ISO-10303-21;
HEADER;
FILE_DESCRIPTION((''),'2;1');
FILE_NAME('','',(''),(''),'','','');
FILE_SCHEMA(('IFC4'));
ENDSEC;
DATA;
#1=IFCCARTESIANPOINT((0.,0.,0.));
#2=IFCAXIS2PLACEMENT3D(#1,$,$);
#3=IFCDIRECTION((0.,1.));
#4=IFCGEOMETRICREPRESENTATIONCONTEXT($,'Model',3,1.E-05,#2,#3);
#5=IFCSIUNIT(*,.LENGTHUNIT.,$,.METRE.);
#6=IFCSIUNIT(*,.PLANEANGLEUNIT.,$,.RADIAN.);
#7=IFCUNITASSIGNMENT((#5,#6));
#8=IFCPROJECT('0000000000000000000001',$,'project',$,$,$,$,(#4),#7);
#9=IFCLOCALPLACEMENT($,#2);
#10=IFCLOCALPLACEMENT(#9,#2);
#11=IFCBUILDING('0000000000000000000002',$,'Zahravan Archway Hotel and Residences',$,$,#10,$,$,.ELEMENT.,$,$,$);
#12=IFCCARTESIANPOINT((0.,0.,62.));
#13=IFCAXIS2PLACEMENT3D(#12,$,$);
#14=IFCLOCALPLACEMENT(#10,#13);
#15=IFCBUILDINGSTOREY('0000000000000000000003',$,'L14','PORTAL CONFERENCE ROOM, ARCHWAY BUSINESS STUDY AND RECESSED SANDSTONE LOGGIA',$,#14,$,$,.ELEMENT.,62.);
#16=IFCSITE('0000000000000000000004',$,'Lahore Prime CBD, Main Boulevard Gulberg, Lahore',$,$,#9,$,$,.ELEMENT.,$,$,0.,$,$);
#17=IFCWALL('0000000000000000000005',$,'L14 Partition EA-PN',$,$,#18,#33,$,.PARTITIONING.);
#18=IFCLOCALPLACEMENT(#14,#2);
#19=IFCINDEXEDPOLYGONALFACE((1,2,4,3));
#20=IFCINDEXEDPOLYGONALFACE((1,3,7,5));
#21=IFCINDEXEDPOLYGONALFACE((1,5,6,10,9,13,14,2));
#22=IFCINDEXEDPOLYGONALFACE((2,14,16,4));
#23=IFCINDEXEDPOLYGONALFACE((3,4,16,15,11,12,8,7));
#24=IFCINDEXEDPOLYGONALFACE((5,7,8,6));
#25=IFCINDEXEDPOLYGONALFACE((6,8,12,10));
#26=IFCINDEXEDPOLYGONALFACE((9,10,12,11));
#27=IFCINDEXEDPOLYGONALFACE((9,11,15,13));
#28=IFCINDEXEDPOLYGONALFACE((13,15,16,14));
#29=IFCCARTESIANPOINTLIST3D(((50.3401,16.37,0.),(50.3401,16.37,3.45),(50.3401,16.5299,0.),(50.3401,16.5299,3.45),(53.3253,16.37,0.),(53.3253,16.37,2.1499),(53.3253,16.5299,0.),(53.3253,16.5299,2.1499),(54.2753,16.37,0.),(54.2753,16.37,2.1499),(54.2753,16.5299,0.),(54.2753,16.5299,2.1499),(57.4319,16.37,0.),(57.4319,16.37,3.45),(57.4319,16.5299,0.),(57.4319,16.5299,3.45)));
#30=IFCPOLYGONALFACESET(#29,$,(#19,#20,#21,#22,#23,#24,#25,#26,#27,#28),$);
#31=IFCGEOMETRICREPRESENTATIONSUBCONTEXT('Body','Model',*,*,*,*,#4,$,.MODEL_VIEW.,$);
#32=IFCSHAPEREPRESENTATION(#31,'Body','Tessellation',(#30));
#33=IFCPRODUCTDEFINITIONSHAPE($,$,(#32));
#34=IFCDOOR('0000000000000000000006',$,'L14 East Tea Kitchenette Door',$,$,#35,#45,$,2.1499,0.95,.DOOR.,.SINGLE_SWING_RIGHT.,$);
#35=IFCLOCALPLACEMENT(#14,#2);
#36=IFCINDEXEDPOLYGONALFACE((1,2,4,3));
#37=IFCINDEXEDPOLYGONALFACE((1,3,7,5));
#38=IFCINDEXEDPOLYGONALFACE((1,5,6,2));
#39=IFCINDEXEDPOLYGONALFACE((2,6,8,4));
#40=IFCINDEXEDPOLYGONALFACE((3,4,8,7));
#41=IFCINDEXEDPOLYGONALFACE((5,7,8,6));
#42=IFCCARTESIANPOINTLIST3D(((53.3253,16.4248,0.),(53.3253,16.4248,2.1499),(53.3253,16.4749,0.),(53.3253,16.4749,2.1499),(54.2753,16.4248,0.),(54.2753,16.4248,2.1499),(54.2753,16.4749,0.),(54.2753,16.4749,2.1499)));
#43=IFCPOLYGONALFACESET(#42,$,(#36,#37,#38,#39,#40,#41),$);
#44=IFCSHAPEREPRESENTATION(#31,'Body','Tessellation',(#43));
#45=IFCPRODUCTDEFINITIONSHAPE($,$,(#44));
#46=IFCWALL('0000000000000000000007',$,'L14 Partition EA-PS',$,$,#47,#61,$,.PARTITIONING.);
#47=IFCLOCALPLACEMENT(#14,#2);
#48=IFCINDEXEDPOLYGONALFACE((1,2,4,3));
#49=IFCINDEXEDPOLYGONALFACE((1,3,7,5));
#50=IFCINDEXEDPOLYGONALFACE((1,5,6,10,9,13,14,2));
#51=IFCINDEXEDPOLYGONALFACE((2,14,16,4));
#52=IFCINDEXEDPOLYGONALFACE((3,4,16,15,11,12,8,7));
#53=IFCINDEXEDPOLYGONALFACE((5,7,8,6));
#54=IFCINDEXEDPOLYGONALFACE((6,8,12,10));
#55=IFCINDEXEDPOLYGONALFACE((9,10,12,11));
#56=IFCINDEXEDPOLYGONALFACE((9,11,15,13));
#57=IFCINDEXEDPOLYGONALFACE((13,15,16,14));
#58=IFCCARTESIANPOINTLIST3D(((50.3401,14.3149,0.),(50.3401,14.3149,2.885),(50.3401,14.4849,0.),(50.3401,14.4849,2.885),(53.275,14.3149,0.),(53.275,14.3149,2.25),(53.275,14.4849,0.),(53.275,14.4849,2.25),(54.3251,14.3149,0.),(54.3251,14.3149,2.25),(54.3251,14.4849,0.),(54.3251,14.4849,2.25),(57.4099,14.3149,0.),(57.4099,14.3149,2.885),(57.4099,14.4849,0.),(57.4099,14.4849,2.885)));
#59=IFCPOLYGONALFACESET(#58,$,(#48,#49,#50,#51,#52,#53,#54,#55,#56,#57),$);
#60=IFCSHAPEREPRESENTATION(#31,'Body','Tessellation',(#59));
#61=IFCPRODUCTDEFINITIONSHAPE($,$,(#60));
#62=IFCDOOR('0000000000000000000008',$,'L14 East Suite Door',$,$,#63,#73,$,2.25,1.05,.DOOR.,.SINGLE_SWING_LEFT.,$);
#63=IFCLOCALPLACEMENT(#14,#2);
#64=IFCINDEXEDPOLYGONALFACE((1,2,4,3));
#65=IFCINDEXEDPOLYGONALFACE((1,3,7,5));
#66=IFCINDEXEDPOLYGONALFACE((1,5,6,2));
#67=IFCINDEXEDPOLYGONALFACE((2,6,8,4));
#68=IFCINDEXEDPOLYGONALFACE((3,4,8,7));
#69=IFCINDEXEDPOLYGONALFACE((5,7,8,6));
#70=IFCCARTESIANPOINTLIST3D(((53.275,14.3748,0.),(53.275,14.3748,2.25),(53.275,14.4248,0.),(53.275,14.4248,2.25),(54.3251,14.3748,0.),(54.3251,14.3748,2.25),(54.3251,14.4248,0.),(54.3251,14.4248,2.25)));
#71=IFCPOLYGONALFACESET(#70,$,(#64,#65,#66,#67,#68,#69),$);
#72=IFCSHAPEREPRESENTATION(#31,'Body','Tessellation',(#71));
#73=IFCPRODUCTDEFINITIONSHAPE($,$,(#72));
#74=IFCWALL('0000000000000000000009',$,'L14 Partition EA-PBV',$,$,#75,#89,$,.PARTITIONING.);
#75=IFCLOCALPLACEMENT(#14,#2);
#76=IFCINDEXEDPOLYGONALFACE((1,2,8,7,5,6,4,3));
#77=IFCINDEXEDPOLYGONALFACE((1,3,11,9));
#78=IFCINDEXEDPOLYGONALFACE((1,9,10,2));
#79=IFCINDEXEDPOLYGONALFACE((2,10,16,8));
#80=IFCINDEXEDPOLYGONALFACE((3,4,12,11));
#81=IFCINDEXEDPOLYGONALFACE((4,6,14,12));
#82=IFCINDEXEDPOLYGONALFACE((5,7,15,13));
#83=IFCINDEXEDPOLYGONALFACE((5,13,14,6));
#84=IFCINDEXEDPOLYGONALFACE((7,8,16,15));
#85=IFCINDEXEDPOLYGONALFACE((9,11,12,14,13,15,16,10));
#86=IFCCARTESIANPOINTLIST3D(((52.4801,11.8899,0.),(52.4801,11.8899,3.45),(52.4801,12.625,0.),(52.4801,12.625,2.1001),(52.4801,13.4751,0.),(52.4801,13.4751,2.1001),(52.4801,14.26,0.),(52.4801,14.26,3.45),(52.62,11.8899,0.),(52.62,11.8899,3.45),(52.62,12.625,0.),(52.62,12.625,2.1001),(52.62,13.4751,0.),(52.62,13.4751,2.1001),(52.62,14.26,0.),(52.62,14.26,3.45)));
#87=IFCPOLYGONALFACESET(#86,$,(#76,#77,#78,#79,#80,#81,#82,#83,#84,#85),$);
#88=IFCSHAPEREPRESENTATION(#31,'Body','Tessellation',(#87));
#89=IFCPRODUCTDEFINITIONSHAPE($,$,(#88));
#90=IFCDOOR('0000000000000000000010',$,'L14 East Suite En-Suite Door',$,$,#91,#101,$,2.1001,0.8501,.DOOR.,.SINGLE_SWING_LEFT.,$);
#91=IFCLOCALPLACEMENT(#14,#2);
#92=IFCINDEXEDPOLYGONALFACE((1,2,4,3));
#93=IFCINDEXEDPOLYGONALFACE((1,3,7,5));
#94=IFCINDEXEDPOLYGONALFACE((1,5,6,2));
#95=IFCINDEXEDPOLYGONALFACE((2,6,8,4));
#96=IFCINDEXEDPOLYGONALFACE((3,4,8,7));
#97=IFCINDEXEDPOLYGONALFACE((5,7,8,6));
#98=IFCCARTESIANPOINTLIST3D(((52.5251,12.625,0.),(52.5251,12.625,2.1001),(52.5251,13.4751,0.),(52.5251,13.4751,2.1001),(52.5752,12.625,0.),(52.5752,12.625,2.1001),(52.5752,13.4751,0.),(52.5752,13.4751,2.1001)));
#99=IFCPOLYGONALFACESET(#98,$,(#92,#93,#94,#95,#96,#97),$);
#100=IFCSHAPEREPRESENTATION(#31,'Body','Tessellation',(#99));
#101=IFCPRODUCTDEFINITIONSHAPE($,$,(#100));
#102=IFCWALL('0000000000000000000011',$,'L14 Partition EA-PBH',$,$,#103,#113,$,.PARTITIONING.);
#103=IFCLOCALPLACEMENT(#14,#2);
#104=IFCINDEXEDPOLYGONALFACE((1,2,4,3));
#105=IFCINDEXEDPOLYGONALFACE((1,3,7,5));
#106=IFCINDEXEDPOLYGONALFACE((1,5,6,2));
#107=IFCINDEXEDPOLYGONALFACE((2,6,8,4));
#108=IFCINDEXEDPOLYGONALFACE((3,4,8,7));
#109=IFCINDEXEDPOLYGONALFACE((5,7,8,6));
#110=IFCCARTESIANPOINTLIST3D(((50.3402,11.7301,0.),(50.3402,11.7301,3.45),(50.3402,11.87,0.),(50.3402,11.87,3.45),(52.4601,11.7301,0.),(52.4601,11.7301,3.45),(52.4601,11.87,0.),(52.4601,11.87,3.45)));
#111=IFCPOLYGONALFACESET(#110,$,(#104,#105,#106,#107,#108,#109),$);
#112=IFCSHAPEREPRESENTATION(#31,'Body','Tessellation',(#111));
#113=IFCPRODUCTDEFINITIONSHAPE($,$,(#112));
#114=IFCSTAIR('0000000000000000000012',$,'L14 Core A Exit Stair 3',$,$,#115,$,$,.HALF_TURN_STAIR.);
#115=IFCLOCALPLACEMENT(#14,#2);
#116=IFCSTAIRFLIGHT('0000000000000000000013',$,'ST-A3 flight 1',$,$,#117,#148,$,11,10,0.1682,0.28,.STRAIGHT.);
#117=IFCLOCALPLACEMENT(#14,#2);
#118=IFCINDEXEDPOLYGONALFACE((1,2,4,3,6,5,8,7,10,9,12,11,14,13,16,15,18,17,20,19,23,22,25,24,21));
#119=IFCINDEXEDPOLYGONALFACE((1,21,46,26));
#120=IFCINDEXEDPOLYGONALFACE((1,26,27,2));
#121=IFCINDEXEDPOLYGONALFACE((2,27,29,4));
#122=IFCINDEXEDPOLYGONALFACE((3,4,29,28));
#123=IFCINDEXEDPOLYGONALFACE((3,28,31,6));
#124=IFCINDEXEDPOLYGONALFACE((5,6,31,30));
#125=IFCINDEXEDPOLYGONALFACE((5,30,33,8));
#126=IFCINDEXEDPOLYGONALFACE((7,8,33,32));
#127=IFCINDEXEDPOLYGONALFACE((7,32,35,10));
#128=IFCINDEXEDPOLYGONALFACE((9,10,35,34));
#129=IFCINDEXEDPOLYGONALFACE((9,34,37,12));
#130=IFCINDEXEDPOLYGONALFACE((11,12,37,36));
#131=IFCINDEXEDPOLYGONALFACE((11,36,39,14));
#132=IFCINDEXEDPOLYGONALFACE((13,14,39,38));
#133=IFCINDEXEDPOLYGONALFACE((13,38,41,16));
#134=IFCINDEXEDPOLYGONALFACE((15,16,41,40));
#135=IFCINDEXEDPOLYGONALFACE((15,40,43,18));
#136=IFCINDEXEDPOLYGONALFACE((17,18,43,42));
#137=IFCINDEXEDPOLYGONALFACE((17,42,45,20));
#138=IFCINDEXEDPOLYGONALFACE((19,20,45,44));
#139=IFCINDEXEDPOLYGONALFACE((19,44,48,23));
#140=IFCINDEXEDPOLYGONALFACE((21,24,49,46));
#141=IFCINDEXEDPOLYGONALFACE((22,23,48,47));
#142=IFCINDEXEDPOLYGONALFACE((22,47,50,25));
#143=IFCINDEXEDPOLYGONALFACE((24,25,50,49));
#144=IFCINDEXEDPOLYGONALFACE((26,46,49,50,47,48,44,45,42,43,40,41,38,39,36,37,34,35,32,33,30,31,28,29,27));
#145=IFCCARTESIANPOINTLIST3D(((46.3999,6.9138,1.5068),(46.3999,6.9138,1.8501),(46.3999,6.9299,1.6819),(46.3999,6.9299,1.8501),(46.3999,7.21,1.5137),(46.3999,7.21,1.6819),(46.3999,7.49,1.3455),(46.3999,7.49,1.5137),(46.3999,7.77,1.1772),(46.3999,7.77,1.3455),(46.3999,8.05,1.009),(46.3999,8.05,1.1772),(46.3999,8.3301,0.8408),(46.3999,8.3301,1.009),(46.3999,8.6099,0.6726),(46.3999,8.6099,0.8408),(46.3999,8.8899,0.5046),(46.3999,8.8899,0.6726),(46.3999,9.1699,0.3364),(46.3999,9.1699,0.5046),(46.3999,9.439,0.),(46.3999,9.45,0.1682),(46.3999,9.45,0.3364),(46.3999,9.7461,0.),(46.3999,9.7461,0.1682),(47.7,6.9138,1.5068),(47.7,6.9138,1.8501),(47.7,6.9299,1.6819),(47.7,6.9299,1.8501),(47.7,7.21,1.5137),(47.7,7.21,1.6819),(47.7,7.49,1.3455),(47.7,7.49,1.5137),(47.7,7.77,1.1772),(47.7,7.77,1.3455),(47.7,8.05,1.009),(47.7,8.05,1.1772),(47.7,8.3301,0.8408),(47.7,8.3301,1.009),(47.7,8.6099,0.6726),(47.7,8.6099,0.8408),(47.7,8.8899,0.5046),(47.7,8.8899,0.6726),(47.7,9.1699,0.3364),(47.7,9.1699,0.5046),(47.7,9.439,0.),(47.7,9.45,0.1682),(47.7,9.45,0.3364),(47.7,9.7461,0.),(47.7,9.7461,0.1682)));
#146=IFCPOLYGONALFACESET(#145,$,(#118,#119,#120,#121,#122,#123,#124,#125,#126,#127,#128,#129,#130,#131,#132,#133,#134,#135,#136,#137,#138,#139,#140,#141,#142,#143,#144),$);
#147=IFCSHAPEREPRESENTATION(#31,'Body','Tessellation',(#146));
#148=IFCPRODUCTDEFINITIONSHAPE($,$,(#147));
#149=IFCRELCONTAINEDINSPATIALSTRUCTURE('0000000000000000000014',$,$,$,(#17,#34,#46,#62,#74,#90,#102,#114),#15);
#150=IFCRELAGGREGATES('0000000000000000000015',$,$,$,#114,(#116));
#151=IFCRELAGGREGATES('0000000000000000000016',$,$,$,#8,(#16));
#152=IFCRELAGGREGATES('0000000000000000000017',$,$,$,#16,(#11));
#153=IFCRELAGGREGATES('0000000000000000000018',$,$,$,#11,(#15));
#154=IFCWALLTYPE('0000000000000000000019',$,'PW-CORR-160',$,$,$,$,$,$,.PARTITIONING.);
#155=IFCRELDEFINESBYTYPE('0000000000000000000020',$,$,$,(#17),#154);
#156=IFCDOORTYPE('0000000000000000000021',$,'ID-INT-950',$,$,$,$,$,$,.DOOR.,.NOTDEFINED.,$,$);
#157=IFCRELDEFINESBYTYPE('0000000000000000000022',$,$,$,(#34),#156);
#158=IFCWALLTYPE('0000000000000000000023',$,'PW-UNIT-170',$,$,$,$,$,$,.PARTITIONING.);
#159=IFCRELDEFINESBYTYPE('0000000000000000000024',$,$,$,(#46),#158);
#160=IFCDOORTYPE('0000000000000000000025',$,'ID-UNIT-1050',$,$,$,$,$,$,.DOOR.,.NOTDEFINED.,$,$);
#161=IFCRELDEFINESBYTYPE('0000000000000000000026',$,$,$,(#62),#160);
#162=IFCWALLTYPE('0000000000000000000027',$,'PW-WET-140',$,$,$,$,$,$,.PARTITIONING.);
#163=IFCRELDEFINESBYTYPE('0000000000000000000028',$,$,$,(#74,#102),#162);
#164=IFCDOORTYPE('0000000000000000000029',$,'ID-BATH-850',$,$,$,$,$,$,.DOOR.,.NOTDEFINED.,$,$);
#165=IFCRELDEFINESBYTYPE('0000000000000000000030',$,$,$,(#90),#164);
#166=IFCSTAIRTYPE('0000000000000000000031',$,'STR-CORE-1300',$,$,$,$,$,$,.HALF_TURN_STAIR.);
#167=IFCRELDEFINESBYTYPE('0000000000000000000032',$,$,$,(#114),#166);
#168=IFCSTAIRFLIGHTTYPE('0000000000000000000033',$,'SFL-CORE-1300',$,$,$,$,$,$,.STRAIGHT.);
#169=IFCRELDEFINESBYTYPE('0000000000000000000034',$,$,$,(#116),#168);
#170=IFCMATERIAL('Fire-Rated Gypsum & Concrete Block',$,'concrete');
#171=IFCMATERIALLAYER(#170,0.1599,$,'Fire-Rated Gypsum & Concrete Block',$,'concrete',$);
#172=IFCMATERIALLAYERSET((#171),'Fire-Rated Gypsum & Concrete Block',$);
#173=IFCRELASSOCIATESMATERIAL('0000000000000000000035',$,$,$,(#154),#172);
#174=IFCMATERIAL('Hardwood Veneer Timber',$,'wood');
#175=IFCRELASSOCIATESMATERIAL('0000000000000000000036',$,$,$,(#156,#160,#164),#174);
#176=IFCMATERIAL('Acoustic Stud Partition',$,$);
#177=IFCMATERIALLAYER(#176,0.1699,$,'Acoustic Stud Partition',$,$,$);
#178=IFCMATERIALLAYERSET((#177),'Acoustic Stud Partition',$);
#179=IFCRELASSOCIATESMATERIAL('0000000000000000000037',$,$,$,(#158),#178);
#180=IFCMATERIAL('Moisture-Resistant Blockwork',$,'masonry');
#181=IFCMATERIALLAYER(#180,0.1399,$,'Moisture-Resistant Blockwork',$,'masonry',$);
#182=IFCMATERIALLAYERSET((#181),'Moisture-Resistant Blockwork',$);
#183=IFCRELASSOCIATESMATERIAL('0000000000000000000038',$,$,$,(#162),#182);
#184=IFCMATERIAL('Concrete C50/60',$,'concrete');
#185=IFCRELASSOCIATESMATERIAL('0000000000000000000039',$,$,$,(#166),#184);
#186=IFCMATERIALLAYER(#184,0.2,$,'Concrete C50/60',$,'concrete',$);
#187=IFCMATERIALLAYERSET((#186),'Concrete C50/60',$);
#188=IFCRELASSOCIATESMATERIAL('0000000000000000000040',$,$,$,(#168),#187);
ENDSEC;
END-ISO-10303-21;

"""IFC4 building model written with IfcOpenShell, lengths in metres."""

from ifc_helpers import new_model, si_unit, direction, frame, frame_2d, origin, place, context, subcontext, project, spatial, polyline, rectangle, outline, extrude, source, transform, mapped, material, layer, layer_set, type_object, type_shapes, element, fill, aggregate, save


model = new_model("IFC4")

# Units and contexts
model_context = context("Model", 3, precision=1e-05, world=origin(), true_north=direction((0.0, 1.0)))
body_context = subcontext(model_context, "Body", "Model", "MODEL_VIEW")
ifc_project = project(units=[si_unit("LENGTHUNIT", "METRE"), si_unit("PLANEANGLEUNIT", "RADIAN")], contexts=[model_context])

# Site, building, storey
site_placement = place(None, origin())
site = spatial("IfcSite", under=ifc_project, at=site_placement, Name="Lahore Prime CBD, Main Boulevard Gulberg, Lahore", CompositionType="ELEMENT", RefElevation=0.0)
building_placement = place(site_placement, origin())
building = spatial("IfcBuilding", under=site, at=building_placement, Name="Zahravan Archway Hotel and Residences", CompositionType="ELEMENT")
storey_placement = place(building_placement, frame((0.0, 0.0, 62.0)))
storey = spatial("IfcBuildingStorey", under=building, at=storey_placement, Name="L14", Description="PORTAL CONFERENCE ROOM, ARCHWAY BUSINESS STUDY AND RECESSED SANDSTONE LOGGIA", CompositionType="ELEMENT", Elevation=62.0)

# Walls, openings, doors
ifc_material_1 = material(Name="Fire-Rated Gypsum & Concrete Block", Category="concrete")
ifc_layer_1 = layer(ifc_material_1, 0.1599, Name="Fire-Rated Gypsum & Concrete Block", Category="concrete")
ifc_layer_set_1 = layer_set([ifc_layer_1], Name="Fire-Rated Gypsum & Concrete Block")
wall_type_1 = type_object("IfcWallType", Name="PW-CORR-160", PredefinedType="PARTITIONING", material=ifc_layer_set_1)
wall_1_placement = place(storey_placement, frame((50.3401, 16.45, 0.0), z_axis=(0.0, 0.0, 1.0), x_axis=(1.0, 0.0, 0.0)))
wall_1 = element("IfcWall", 1, at=wall_1_placement, inside=storey, type_object=wall_type_1, Name="L14 Partition EA-PN", PredefinedType="PARTITIONING", context=body_context, shape_type="SweptSolid", body=[
    extrude(rectangle(XDim=7.0918, YDim=0.1599, at=frame_2d((3.5459, 0.0))), origin(), (0.0, 0.0, 1.0), 3.45),
])
opening_1_placement = place(wall_1_placement, frame((2.9851, 0.0, 0.0)))
opening_1 = element("IfcOpeningElement", 2, at=opening_1_placement, cuts=wall_1, PredefinedType="OPENING", context=body_context, shape_type="SweptSolid", body=[
    extrude(rectangle(XDim=0.95, YDim=2.1499, at=frame_2d((0.4751, 1.075))), frame((0.0, 0.0898, 0.0), z_axis=(0.0, -1.0, 0.0), x_axis=(1.0, 0.0, 0.0)), (0.0, 0.0, 1.0), 0.1799),
])
ifc_material_2 = material(Name="Hardwood Veneer Timber", Category="wood")
door_type_1 = type_object("IfcDoorType", Name="ID-INT-950", OperationType="NOTDEFINED", PredefinedType="DOOR", material=ifc_material_2)
shared_shape_1 = source(origin(), body_context, "Body", "SweptSolid", [
    extrude(rectangle(XDim=0.95, YDim=2.1499, at=frame_2d((0.4751, 1.075))), frame((0.0, 0.0249, 0.0), z_axis=(0.0, -1.0, 0.0), x_axis=(1.0, 0.0, 0.0)), (0.0, 0.0, 1.0), 0.05),
])
type_shapes(door_type_1, [shared_shape_1])
door_1_placement = place(opening_1_placement, origin())
door_1 = element("IfcDoor", 3, at=door_1_placement, inside=storey, type_object=door_type_1, Name="L14 East Tea Kitchenette Door", OperationType="SINGLE_SWING_RIGHT", OverallHeight=2.1499, OverallWidth=0.95, PredefinedType="DOOR", context=body_context, shape_type="MappedRepresentation", body=[
    mapped(shared_shape_1, transform((0.0, 0.0, 0.0), scale=1.0)),
])
fill(opening_1, door_1)
ifc_material_3 = material(Name="Acoustic Stud Partition")
ifc_layer_2 = layer(ifc_material_3, 0.1699, Name="Acoustic Stud Partition")
ifc_layer_set_2 = layer_set([ifc_layer_2], Name="Acoustic Stud Partition")
wall_type_2 = type_object("IfcWallType", Name="PW-UNIT-170", PredefinedType="PARTITIONING", material=ifc_layer_set_2)
wall_2_placement = place(storey_placement, frame((50.3401, 14.3999, 0.0), z_axis=(0.0, 0.0, 1.0), x_axis=(1.0, 0.0, 0.0)))
wall_2 = element("IfcWall", 4, at=wall_2_placement, inside=storey, type_object=wall_type_2, Name="L14 Partition EA-PS", PredefinedType="PARTITIONING", context=body_context, shape_type="SweptSolid", body=[
    extrude(rectangle(XDim=7.0698, YDim=0.1699, at=frame_2d((3.5349, 0.0))), origin(), (0.0, 0.0, 1.0), 2.885),
])
opening_2_placement = place(wall_2_placement, frame((2.9351, 0.0, 0.0)))
opening_2 = element("IfcOpeningElement", 5, at=opening_2_placement, cuts=wall_2, PredefinedType="OPENING", context=body_context, shape_type="SweptSolid", body=[
    extrude(rectangle(XDim=1.05, YDim=2.25, at=frame_2d((0.5249, 1.125))), frame((0.0, 0.095, 0.0), z_axis=(0.0, -1.0, 0.0), x_axis=(1.0, 0.0, 0.0)), (0.0, 0.0, 1.0), 0.1899),
])
door_type_2 = type_object("IfcDoorType", Name="ID-UNIT-1050", OperationType="NOTDEFINED", PredefinedType="DOOR", material=ifc_material_2)
shared_shape_2 = source(origin(), body_context, "Body", "SweptSolid", [
    extrude(rectangle(XDim=1.05, YDim=2.25, at=frame_2d((0.5249, 1.125))), frame((0.0, 0.0249, 0.0), z_axis=(0.0, -1.0, 0.0), x_axis=(1.0, 0.0, 0.0)), (0.0, 0.0, 1.0), 0.05),
])
type_shapes(door_type_2, [shared_shape_2])
door_2_placement = place(opening_2_placement, origin())
door_2 = element("IfcDoor", 6, at=door_2_placement, inside=storey, type_object=door_type_2, Name="L14 East Suite Door", OperationType="SINGLE_SWING_LEFT", OverallHeight=2.25, OverallWidth=1.05, PredefinedType="DOOR", context=body_context, shape_type="MappedRepresentation", body=[
    mapped(shared_shape_2, transform((0.0, 0.0, 0.0), scale=1.0)),
])
fill(opening_2, door_2)
ifc_material_4 = material(Name="Moisture-Resistant Blockwork", Category="masonry")
ifc_layer_3 = layer(ifc_material_4, 0.1399, Name="Moisture-Resistant Blockwork", Category="masonry")
ifc_layer_set_3 = layer_set([ifc_layer_3], Name="Moisture-Resistant Blockwork")
wall_type_3 = type_object("IfcWallType", Name="PW-WET-140", PredefinedType="PARTITIONING", material=ifc_layer_set_3)
wall_3_placement = place(storey_placement, frame((52.55, 11.8899, 0.0), z_axis=(0.0, 0.0, 1.0), x_axis=(0.0, 1.0, 0.0)))
wall_3 = element("IfcWall", 7, at=wall_3_placement, inside=storey, type_object=wall_type_3, Name="L14 Partition EA-PBV", PredefinedType="PARTITIONING", context=body_context, shape_type="SweptSolid", body=[
    extrude(rectangle(XDim=2.3701, YDim=0.1399, at=frame_2d((1.1851, 0.0))), origin(), (0.0, 0.0, 1.0), 3.45),
])
opening_3_placement = place(wall_3_placement, frame((0.7351, 0.0, 0.0)))
opening_3 = element("IfcOpeningElement", 8, at=opening_3_placement, cuts=wall_3, PredefinedType="OPENING", context=body_context, shape_type="SweptSolid", body=[
    extrude(rectangle(XDim=0.8501, YDim=2.1001, at=frame_2d((0.425, 1.05))), frame((0.0, 0.0801, 0.0), z_axis=(0.0, -1.0, 0.0), x_axis=(1.0, 0.0, 0.0)), (0.0, 0.0, 1.0), 0.1599),
])
door_type_3 = type_object("IfcDoorType", Name="ID-BATH-850", OperationType="NOTDEFINED", PredefinedType="DOOR", material=ifc_material_2)
shared_shape_3 = source(origin(), body_context, "Body", "SweptSolid", [
    extrude(rectangle(XDim=0.8501, YDim=2.1001, at=frame_2d((0.425, 1.05))), frame((0.0, 0.0249, 0.0), z_axis=(0.0, -1.0, 0.0), x_axis=(1.0, 0.0, 0.0)), (0.0, 0.0, 1.0), 0.05),
])
type_shapes(door_type_3, [shared_shape_3])
door_3_placement = place(opening_3_placement, origin())
door_3 = element("IfcDoor", 9, at=door_3_placement, inside=storey, type_object=door_type_3, Name="L14 East Suite En-Suite Door", OperationType="SINGLE_SWING_LEFT", OverallHeight=2.1001, OverallWidth=0.8501, PredefinedType="DOOR", context=body_context, shape_type="MappedRepresentation", body=[
    mapped(shared_shape_3, transform((0.0, 0.0, 0.0), scale=1.0)),
])
fill(opening_3, door_3)

# Wall
wall_4_placement = place(storey_placement, frame((50.3401, 11.8, 0.0), z_axis=(0.0, 0.0, 1.0), x_axis=(1.0, 0.0, 0.0)))
element("IfcWall", 10, at=wall_4_placement, inside=storey, type_object=wall_type_3, Name="L14 Partition EA-PBH", PredefinedType="PARTITIONING", context=body_context, shape_type="SweptSolid", body=[
    extrude(rectangle(XDim=2.1199, YDim=0.1399, at=frame_2d((1.0601, 0.0))), origin(), (0.0, 0.0, 1.0), 3.45),
])

# Stair, stair flight
ifc_material_5 = material(Name="Concrete C50/60", Category="concrete")
stair_type = type_object("IfcStairType", Name="STR-CORE-1300", PredefinedType="HALF_TURN_STAIR", material=ifc_material_5)
stair_placement = place(storey_placement, origin())
stair = element("IfcStair", 11, at=stair_placement, inside=storey, type_object=stair_type, Name="L14 Core A Exit Stair 3", PredefinedType="HALF_TURN_STAIR")
ifc_layer_4 = layer(ifc_material_5, 0.2, Name="Concrete C50/60", Category="concrete")
ifc_layer_set_4 = layer_set([ifc_layer_4], Name="Concrete C50/60")
stair_flight_type = type_object("IfcStairFlightType", Name="SFL-CORE-1300", PredefinedType="STRAIGHT", material=ifc_layer_set_4)
shared_shape_4 = source(origin(), body_context, "Body", "SweptSolid", [
    extrude(outline(polyline([(-0.0161, 0.0), (-0.0161, 0.1682), (0.28, 0.1682), (0.28, 0.3364), (0.5601, 0.3364), (0.5601, 0.5046), (0.8401, 0.5046), (0.8401, 0.6726), (1.1201, 0.6726), (1.1201, 0.8408), (1.3999, 0.8408), (1.3999, 1.009), (1.6799, 1.009), (1.6799, 1.1772), (1.96, 1.1772), (1.96, 1.3455), (2.24, 1.3455), (2.24, 1.5137), (2.52, 1.5137), (2.52, 1.6819), (2.8, 1.6819), (2.8, 1.8501), (2.8162, 1.8501), (2.8162, 1.5068), (0.291, 0.0), (-0.0161, 0.0)])), frame((0.0, 0.6499, 0.0), z_axis=(0.0, -1.0, 0.0), x_axis=(1.0, 0.0, 0.0)), (0.0, 0.0, 1.0), 1.3),
])
stair_flight_placement = place(storey_placement, frame((47.05, 9.73, 0.0), z_axis=(0.0, 0.0, 1.0), x_axis=(0.0, -1.0, 0.0)))
stair_flight = element("IfcStairFlight", 12, at=stair_flight_placement, type_object=stair_flight_type, Name="ST-A3 flight 1", NumberOfRisers=11, NumberOfTreads=10, PredefinedType="STRAIGHT", RiserHeight=0.1682, TreadLength=0.28, context=body_context, shape_type="MappedRepresentation", body=[
    mapped(shared_shape_4, transform((0.0, 0.0, 0.0), scale=1.0)),
])
aggregate(stair, [stair_flight])

save(model, "model.ifc")
